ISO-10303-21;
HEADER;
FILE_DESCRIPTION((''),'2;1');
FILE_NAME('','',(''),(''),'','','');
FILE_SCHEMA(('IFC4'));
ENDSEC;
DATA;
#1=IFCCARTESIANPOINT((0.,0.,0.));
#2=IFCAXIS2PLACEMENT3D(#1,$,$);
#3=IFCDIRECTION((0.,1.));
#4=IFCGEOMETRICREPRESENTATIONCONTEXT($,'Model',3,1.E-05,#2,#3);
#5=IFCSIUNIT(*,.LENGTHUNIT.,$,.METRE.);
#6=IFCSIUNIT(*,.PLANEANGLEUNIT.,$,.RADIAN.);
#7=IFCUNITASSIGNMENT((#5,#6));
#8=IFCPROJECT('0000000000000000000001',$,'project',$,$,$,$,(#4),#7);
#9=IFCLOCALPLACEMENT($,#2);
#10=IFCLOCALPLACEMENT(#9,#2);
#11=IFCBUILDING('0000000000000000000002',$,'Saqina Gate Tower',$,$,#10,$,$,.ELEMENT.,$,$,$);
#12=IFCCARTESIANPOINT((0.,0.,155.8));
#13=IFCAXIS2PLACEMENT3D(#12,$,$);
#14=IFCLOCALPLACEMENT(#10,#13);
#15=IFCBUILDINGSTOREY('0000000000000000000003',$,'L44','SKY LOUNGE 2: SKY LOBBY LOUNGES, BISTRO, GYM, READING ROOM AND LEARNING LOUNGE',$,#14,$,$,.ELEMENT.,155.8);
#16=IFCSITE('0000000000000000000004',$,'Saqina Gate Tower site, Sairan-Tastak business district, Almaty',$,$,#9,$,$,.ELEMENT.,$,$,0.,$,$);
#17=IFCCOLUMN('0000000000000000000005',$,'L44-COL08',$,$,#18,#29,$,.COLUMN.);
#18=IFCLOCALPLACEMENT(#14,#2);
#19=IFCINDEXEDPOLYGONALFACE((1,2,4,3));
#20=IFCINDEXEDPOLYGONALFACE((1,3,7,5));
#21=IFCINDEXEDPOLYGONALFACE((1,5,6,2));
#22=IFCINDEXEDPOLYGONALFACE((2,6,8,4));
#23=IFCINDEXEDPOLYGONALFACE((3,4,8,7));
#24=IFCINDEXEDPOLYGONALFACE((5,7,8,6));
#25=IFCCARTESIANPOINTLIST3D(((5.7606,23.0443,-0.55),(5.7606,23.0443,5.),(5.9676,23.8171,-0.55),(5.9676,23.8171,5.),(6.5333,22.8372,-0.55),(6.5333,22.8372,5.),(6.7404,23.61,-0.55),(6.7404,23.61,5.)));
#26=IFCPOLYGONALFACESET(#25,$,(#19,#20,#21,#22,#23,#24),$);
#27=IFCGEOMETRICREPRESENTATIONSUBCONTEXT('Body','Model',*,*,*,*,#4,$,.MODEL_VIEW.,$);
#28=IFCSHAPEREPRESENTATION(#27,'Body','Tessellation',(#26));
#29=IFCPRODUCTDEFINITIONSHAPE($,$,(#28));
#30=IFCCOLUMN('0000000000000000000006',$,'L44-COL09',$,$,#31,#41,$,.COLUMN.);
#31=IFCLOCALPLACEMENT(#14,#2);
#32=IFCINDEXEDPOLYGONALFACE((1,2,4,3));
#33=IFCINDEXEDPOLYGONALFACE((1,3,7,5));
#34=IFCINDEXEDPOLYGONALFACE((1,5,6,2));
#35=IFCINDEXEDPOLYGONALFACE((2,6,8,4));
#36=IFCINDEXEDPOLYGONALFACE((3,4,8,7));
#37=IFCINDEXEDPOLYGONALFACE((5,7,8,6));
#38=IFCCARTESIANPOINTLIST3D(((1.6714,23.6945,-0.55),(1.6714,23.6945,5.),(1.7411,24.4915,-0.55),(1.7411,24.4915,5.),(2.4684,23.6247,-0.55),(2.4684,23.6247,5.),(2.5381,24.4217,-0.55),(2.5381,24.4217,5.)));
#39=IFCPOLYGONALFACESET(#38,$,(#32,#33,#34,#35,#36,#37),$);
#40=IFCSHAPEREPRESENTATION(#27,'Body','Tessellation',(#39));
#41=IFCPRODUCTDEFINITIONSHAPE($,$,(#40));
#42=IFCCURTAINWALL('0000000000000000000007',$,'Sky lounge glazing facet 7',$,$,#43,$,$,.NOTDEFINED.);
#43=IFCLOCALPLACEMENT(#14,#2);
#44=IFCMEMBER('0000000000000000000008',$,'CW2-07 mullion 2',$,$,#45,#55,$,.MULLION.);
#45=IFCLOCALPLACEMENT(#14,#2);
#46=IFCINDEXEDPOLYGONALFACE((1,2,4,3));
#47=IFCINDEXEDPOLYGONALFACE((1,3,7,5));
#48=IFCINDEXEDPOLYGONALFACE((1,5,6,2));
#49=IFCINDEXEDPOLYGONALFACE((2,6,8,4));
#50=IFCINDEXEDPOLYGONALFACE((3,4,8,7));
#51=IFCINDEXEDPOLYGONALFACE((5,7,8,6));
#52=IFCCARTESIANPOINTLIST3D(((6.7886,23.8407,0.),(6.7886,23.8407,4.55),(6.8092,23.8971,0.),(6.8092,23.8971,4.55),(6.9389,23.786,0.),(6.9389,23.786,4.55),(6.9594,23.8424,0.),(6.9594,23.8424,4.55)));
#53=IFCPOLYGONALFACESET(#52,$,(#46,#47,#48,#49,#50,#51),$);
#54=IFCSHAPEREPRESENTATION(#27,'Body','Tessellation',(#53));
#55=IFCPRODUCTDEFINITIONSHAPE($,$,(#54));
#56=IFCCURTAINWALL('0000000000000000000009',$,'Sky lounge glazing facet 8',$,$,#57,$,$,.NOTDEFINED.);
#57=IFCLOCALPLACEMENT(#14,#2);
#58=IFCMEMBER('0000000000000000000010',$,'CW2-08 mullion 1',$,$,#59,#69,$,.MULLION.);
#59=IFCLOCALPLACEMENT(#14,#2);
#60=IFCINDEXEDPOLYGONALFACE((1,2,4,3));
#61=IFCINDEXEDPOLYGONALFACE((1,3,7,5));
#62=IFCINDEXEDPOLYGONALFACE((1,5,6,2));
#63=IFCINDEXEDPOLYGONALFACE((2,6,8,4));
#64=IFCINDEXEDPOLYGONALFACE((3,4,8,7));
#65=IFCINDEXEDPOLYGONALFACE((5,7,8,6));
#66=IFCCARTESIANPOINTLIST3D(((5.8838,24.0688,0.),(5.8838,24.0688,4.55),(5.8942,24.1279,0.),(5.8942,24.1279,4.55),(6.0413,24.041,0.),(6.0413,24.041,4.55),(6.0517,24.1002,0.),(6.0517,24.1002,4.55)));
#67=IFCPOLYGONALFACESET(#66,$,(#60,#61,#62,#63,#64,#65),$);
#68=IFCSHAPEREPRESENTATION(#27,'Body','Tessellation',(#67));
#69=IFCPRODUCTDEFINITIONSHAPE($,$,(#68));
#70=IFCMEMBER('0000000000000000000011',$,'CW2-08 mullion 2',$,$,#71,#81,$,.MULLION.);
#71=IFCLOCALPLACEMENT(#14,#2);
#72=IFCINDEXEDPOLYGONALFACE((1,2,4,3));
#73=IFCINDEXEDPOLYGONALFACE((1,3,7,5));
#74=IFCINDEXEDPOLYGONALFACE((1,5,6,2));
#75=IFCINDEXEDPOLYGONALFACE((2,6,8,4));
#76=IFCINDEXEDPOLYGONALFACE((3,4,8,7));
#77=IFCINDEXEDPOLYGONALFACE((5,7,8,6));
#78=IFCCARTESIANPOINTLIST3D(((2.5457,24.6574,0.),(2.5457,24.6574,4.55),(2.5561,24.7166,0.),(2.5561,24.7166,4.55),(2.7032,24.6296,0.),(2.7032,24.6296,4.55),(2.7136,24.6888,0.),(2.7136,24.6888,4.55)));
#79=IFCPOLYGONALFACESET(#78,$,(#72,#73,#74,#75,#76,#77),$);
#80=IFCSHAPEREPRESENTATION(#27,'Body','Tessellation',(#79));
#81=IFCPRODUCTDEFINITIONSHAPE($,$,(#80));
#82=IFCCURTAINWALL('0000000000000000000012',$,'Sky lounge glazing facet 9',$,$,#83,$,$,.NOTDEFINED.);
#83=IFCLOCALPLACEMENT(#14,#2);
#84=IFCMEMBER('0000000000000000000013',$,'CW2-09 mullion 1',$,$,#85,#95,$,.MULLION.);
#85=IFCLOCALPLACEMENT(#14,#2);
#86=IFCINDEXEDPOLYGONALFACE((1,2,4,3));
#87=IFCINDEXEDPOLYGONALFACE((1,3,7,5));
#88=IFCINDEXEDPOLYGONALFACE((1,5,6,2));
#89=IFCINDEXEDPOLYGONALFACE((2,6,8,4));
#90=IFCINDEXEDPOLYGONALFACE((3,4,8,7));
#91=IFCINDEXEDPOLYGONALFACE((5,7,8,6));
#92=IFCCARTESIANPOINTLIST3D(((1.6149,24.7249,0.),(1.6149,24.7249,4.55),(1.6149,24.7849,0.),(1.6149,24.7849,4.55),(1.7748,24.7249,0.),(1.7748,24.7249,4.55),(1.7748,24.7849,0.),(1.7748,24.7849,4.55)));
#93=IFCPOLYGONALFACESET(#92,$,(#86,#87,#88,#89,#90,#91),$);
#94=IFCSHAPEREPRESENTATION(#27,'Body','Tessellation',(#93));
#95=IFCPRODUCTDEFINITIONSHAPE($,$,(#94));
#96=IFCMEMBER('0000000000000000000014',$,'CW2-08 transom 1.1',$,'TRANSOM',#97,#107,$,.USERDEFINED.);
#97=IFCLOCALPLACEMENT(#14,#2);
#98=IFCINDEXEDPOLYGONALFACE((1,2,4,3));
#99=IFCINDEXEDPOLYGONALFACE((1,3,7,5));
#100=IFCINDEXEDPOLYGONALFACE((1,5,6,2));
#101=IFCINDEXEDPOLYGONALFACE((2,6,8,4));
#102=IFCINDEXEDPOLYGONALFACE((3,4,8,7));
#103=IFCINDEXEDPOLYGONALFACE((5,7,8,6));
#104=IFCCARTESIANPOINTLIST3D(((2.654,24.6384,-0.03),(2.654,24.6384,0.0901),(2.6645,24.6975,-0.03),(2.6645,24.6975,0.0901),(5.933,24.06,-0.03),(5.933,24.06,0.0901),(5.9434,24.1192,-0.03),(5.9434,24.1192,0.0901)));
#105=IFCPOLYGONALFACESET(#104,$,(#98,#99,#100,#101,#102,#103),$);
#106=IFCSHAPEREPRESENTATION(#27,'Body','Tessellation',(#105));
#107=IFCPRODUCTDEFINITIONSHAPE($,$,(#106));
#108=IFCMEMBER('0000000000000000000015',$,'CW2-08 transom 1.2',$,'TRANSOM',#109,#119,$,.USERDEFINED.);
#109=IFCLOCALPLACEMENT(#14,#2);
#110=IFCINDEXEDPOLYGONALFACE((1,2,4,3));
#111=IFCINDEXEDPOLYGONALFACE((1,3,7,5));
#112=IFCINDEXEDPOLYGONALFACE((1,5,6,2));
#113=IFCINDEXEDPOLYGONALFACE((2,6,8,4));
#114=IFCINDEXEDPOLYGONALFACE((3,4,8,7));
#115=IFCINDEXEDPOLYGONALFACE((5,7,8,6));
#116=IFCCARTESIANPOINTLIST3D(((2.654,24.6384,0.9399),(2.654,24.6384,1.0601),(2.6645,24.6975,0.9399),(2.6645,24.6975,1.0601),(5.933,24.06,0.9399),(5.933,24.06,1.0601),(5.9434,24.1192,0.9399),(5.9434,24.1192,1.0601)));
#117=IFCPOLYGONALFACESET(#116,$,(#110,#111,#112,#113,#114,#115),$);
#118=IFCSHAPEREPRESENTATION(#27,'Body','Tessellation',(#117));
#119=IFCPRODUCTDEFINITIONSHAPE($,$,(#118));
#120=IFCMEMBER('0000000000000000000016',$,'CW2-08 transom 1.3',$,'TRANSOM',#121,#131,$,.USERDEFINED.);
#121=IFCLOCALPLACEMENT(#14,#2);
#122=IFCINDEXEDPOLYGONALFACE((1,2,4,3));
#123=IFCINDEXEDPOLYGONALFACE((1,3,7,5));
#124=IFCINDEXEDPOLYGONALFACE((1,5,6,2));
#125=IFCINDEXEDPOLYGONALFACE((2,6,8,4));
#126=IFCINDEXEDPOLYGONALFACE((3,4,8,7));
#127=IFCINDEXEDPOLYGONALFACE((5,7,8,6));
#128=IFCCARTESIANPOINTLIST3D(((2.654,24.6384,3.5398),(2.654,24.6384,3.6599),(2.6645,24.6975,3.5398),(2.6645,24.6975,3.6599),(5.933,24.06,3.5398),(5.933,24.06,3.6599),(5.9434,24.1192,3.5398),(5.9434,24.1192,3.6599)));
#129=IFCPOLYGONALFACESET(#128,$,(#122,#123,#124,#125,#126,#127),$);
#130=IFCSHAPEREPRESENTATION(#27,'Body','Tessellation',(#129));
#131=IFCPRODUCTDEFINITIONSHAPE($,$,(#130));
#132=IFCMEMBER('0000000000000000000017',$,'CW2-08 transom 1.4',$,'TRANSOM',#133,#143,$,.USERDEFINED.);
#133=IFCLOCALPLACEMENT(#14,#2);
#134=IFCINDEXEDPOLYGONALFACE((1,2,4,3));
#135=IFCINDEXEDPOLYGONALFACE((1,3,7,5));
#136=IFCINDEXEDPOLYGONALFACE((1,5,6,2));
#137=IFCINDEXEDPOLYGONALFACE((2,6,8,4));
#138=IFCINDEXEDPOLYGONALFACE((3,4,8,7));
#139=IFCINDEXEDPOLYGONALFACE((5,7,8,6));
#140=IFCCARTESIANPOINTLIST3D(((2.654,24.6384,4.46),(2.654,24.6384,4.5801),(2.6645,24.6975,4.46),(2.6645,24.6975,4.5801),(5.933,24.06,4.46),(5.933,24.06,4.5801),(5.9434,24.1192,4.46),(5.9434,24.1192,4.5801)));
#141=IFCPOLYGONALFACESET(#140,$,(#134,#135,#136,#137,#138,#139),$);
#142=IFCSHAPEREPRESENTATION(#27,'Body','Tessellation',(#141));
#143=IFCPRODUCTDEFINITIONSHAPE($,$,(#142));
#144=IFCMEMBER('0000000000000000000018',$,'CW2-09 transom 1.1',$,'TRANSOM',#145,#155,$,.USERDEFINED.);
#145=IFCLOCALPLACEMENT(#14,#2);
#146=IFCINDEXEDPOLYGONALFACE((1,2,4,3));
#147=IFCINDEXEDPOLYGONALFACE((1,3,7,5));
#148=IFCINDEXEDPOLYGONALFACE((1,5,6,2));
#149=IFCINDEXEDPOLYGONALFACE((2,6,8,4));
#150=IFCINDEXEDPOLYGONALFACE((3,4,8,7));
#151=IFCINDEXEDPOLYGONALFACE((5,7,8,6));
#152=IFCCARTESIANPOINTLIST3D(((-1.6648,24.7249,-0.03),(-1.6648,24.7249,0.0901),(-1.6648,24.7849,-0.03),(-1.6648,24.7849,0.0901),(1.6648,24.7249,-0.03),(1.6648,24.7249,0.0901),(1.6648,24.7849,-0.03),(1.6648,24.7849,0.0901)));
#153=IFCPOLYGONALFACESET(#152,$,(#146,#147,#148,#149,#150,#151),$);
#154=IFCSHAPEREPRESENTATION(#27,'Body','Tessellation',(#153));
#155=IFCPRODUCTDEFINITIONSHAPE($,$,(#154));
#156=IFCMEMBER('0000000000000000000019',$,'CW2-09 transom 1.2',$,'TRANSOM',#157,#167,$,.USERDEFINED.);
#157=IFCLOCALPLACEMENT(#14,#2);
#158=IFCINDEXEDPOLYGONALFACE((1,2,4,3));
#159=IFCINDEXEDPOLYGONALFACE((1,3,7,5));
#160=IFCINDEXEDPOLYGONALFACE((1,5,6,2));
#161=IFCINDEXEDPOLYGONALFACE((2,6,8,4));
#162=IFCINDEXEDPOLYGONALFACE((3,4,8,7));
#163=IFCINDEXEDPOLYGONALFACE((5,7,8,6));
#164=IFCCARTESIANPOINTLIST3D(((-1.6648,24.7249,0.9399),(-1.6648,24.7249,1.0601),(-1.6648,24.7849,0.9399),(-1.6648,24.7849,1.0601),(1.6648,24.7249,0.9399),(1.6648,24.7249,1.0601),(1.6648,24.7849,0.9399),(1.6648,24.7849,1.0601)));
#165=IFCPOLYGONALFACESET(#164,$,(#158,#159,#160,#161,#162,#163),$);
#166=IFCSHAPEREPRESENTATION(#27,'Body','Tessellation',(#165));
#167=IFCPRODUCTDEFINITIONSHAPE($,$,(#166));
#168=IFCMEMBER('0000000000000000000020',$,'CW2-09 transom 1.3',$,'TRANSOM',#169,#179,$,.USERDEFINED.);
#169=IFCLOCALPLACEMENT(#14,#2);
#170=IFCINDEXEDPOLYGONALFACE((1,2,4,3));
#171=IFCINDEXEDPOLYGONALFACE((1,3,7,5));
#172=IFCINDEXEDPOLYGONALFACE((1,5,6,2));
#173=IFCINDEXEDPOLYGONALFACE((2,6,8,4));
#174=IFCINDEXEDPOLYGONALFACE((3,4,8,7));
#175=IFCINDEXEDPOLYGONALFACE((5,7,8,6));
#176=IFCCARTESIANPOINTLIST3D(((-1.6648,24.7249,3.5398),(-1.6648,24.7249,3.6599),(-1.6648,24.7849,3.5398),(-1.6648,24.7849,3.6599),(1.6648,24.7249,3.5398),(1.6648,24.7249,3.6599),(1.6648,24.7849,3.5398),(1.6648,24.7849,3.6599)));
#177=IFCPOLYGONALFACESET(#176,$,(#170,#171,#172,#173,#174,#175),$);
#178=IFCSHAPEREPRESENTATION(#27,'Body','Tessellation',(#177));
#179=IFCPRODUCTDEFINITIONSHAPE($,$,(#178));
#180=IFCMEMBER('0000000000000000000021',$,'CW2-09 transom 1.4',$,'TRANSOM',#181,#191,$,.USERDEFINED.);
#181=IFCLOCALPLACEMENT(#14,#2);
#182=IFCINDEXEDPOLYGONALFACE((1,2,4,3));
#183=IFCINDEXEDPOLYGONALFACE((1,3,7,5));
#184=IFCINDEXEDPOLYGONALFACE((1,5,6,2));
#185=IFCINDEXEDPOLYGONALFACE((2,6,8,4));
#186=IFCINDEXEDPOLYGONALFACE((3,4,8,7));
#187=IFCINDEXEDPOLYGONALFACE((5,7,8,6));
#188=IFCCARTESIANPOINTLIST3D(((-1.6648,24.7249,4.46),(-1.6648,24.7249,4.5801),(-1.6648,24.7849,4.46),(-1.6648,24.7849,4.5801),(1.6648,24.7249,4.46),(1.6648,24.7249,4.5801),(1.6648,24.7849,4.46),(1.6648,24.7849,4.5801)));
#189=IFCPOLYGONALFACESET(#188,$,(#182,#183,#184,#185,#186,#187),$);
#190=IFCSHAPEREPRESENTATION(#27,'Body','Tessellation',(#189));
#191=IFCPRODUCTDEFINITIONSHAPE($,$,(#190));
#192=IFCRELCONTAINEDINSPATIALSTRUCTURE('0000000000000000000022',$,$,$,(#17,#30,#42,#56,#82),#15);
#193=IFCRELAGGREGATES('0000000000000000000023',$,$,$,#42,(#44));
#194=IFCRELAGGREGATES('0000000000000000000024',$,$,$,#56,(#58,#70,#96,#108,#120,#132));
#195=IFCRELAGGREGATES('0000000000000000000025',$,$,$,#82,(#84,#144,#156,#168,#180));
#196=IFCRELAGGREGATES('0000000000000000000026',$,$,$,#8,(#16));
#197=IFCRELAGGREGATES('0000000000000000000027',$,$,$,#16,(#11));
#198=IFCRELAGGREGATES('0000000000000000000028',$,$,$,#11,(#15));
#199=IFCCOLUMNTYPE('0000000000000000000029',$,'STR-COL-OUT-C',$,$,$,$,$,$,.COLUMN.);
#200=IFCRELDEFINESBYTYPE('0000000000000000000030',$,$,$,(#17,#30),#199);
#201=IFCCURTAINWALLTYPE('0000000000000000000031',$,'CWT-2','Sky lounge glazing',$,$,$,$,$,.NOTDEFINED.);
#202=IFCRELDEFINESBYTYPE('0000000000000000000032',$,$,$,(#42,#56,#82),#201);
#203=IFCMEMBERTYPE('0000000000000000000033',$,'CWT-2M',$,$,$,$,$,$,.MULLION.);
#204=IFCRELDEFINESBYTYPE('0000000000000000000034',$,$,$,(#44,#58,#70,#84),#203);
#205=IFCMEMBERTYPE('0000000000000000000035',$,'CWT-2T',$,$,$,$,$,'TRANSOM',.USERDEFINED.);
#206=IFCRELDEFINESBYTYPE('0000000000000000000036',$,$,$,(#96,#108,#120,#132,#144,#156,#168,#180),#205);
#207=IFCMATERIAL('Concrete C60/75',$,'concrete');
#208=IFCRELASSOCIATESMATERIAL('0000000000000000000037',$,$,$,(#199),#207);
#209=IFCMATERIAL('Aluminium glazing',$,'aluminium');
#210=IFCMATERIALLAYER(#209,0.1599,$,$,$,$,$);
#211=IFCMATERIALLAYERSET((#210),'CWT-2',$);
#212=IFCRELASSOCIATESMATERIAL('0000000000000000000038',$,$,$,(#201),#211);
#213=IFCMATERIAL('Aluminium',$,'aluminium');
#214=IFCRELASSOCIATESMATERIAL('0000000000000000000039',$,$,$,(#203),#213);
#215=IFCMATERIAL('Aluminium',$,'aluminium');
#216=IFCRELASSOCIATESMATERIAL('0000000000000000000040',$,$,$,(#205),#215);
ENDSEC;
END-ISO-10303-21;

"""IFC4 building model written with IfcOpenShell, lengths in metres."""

from ifc_helpers import new_model, si_unit, direction, frame, origin, origin_2d, place, context, subcontext, project, spatial, rectangle, extrude, material, layer, layer_set, material_profile, profile_set, type_object, element, aggregate, save


model = new_model("IFC4")

# Units and contexts
model_context = context("Model", 3, precision=1e-05, world=origin(), true_north=direction((0.0, 1.0)))
body_context = subcontext(model_context, "Body", "Model", "MODEL_VIEW")
ifc_project = project(units=[si_unit("LENGTHUNIT", "METRE"), si_unit("PLANEANGLEUNIT", "RADIAN")], contexts=[model_context])

# Site, building, storey
site_placement = place(None, origin())
site = spatial("IfcSite", under=ifc_project, at=site_placement, Name="Saqina Gate Tower site, Sairan-Tastak business district, Almaty", CompositionType="ELEMENT", RefElevation=0.0)
building_placement = place(site_placement, origin())
building = spatial("IfcBuilding", under=site, at=building_placement, Name="Saqina Gate Tower", CompositionType="ELEMENT")
storey_placement = place(building_placement, frame((0.0, 0.0, 155.8)))
storey = spatial("IfcBuildingStorey", under=building, at=storey_placement, Name="L44", Description="SKY LOUNGE 2: SKY LOBBY LOUNGES, BISTRO, GYM, READING ROOM AND LEARNING LOUNGE", CompositionType="ELEMENT", Elevation=155.8)

# Columns
ifc_material_1 = material(Name="Concrete C60/75", Category="concrete")
ifc_material_profile_1 = material_profile(ifc_material_1, rectangle(XDim=0.8, YDim=0.8, at=origin_2d()), Name="RC 800x800")
ifc_profile_set_1 = profile_set([ifc_material_profile_1], Name="Concrete C60/75")
column_type = type_object("IfcColumnType", Name="STR-COL-OUT-C", PredefinedType="COLUMN", material=ifc_profile_set_1)
for number, where, z_axis, x_axis, name in (
    (1, (6.2505, 23.3271, -0.55), (0.0, 0.0, 1.0), (0.258819, 0.965926, 0.0), "L44-COL08"),
    (2, (2.1047, 24.0581, -0.55), (0.0, 0.0, 1.0), (0.087156, 0.996195, 0.0), "L44-COL09"),
):
    element("IfcColumn", number, at=place(storey_placement, frame(where, z_axis=z_axis, x_axis=x_axis)), inside=storey, type_object=column_type, Name=name, PredefinedType="COLUMN", context=body_context, shape_type="SweptSolid", body=[
        extrude(rectangle(XDim=0.8, YDim=0.8, at=origin_2d()), origin(), (0.0, 0.0, 1.0), 5.55),
    ])

# Curtain wall, member
ifc_material_2 = material(Name="Aluminium glazing", Category="aluminium")
ifc_layer_1 = layer(ifc_material_2, 0.1599)
ifc_layer_set_1 = layer_set([ifc_layer_1], Name="CWT-2")
curtain_wall_type = type_object("IfcCurtainWallType", Name="CWT-2", Description="Sky lounge glazing", PredefinedType="NOTDEFINED", material=ifc_layer_set_1)
curtain_wall_1_placement = place(storey_placement, origin())
curtain_wall_1 = element("IfcCurtainWall", 3, at=curtain_wall_1_placement, inside=storey, type_object=curtain_wall_type, Name="Sky lounge glazing facet 7", PredefinedType="NOTDEFINED")
ifc_material_3 = material(Name="Aluminium", Category="aluminium")
ifc_material_profile_2 = material_profile(ifc_material_3, rectangle(XDim=0.0601, YDim=0.1599, at=origin_2d()), Name="Aluminium 60x160")
ifc_profile_set_2 = profile_set([ifc_material_profile_2], Name="Aluminium")
member_type_1 = type_object("IfcMemberType", Name="CWT-2M", PredefinedType="MULLION", material=ifc_profile_set_2)
member_1_placement = place(storey_placement, frame((6.874, 23.8416, 0.0), z_axis=(0.0, 0.0, 1.0), x_axis=(-0.342025, -0.939691, 0.0)))
member_1 = element("IfcMember", 4, at=member_1_placement, type_object=member_type_1, Name="CW2-07 mullion 2", PredefinedType="MULLION", context=body_context, shape_type="SweptSolid", body=[
    extrude(rectangle(XDim=0.0601, YDim=0.1599, at=origin_2d()), origin(), (0.0, 0.0, 1.0), 4.55),
])

# Curtain wall, members
curtain_wall_2_placement = place(storey_placement, origin())
curtain_wall_2 = element("IfcCurtainWall", 5, at=curtain_wall_2_placement, inside=storey, type_object=curtain_wall_type, Name="Sky lounge glazing facet 8", PredefinedType="NOTDEFINED")
member_2_placement = place(storey_placement, frame((5.9678, 24.0845, 0.0), z_axis=(0.0, 0.0, 1.0), x_axis=(-0.173638, -0.98481, 0.0)))
member_2 = element("IfcMember", 6, at=member_2_placement, type_object=member_type_1, Name="CW2-08 mullion 1", PredefinedType="MULLION", context=body_context, shape_type="SweptSolid", body=[
    extrude(rectangle(XDim=0.0601, YDim=0.1599, at=origin_2d()), origin(), (0.0, 0.0, 1.0), 4.55),
])
member_3_placement = place(storey_placement, frame((2.6296, 24.6731, 0.0), z_axis=(0.0, 0.0, 1.0), x_axis=(-0.173638, -0.98481, 0.0)))
member_3 = element("IfcMember", 7, at=member_3_placement, type_object=member_type_1, Name="CW2-08 mullion 2", PredefinedType="MULLION", context=body_context, shape_type="SweptSolid", body=[
    extrude(rectangle(XDim=0.0601, YDim=0.1599, at=origin_2d()), origin(), (0.0, 0.0, 1.0), 4.55),
])

# Curtain wall, member
curtain_wall_3_placement = place(storey_placement, origin())
curtain_wall_3 = element("IfcCurtainWall", 8, at=curtain_wall_3_placement, inside=storey, type_object=curtain_wall_type, Name="Sky lounge glazing facet 9", PredefinedType="NOTDEFINED")
member_4_placement = place(storey_placement, frame((1.6948, 24.7549, 0.0), z_axis=(0.0, 0.0, 1.0), x_axis=(0.0, -1.0, 0.0)))
member_4 = element("IfcMember", 9, at=member_4_placement, type_object=member_type_1, Name="CW2-09 mullion 1", PredefinedType="MULLION", context=body_context, shape_type="SweptSolid", body=[
    extrude(rectangle(XDim=0.0601, YDim=0.1599, at=origin_2d()), origin(), (0.0, 0.0, 1.0), 4.55),
])

# Members
ifc_material_4 = material(Name="Aluminium", Category="aluminium")
ifc_material_profile_3 = material_profile(ifc_material_4, rectangle(XDim=0.0601, YDim=0.1201, at=origin_2d()), Name="Aluminium 60x120")
ifc_profile_set_3 = profile_set([ifc_material_profile_3], Name="Aluminium")
member_type_2 = type_object("IfcMemberType", Name="CWT-2T", ElementType="TRANSOM", PredefinedType="USERDEFINED", material=ifc_profile_set_3)
member_5_placement = place(storey_placement, frame((5.9382, 24.0896, 0.03), z_axis=(-0.984798, 0.173702, 0.0), x_axis=(-0.173702, -0.984798, 0.0)))
member_5 = element("IfcMember", 10, at=member_5_placement, type_object=member_type_2, Name="CW2-08 transom 1.1", ObjectType="TRANSOM", PredefinedType="USERDEFINED", context=body_context, shape_type="SweptSolid", body=[
    extrude(rectangle(XDim=0.0601, YDim=0.1201, at=origin_2d()), origin(), (0.0, 0.0, 1.0), 3.3296),
])
member_6_placement = place(storey_placement, frame((5.9382, 24.0896, 1.0), z_axis=(-0.984798, 0.173702, 0.0), x_axis=(-0.173702, -0.984798, 0.0)))
member_6 = element("IfcMember", 11, at=member_6_placement, type_object=member_type_2, Name="CW2-08 transom 1.2", ObjectType="TRANSOM", PredefinedType="USERDEFINED", context=body_context, shape_type="SweptSolid", body=[
    extrude(rectangle(XDim=0.0601, YDim=0.1201, at=origin_2d()), origin(), (0.0, 0.0, 1.0), 3.3296),
])
member_7_placement = place(storey_placement, frame((5.9382, 24.0896, 3.5999), z_axis=(-0.984798, 0.173702, 0.0), x_axis=(-0.173702, -0.984798, 0.0)))
member_7 = element("IfcMember", 12, at=member_7_placement, type_object=member_type_2, Name="CW2-08 transom 1.3", ObjectType="TRANSOM", PredefinedType="USERDEFINED", context=body_context, shape_type="SweptSolid", body=[
    extrude(rectangle(XDim=0.0601, YDim=0.1201, at=origin_2d()), origin(), (0.0, 0.0, 1.0), 3.3296),
])
member_8_placement = place(storey_placement, frame((5.9382, 24.0896, 4.52), z_axis=(-0.984798, 0.173702, 0.0), x_axis=(-0.173702, -0.984798, 0.0)))
member_8 = element("IfcMember", 13, at=member_8_placement, type_object=member_type_2, Name="CW2-08 transom 1.4", ObjectType="TRANSOM", PredefinedType="USERDEFINED", context=body_context, shape_type="SweptSolid", body=[
    extrude(rectangle(XDim=0.0601, YDim=0.1201, at=origin_2d()), origin(), (0.0, 0.0, 1.0), 3.3296),
])
member_9_placement = place(storey_placement, frame((1.6648, 24.7549, 0.03), z_axis=(-1.0, 0.0, 0.0), x_axis=(0.0, -1.0, 0.0)))
member_9 = element("IfcMember", 14, at=member_9_placement, type_object=member_type_2, Name="CW2-09 transom 1.1", ObjectType="TRANSOM", PredefinedType="USERDEFINED", context=body_context, shape_type="SweptSolid", body=[
    extrude(rectangle(XDim=0.0601, YDim=0.1201, at=origin_2d()), origin(), (0.0, 0.0, 1.0), 3.3296),
])
member_10_placement = place(storey_placement, frame((1.6648, 24.7549, 1.0), z_axis=(-1.0, 0.0, 0.0), x_axis=(0.0, -1.0, 0.0)))
member_10 = element("IfcMember", 15, at=member_10_placement, type_object=member_type_2, Name="CW2-09 transom 1.2", ObjectType="TRANSOM", PredefinedType="USERDEFINED", context=body_context, shape_type="SweptSolid", body=[
    extrude(rectangle(XDim=0.0601, YDim=0.1201, at=origin_2d()), origin(), (0.0, 0.0, 1.0), 3.3296),
])
member_11_placement = place(storey_placement, frame((1.6648, 24.7549, 3.5999), z_axis=(-1.0, 0.0, 0.0), x_axis=(0.0, -1.0, 0.0)))
member_11 = element("IfcMember", 16, at=member_11_placement, type_object=member_type_2, Name="CW2-09 transom 1.3", ObjectType="TRANSOM", PredefinedType="USERDEFINED", context=body_context, shape_type="SweptSolid", body=[
    extrude(rectangle(XDim=0.0601, YDim=0.1201, at=origin_2d()), origin(), (0.0, 0.0, 1.0), 3.3296),
])
member_12_placement = place(storey_placement, frame((1.6648, 24.7549, 4.52), z_axis=(-1.0, 0.0, 0.0), x_axis=(0.0, -1.0, 0.0)))
member_12 = element("IfcMember", 17, at=member_12_placement, type_object=member_type_2, Name="CW2-09 transom 1.4", ObjectType="TRANSOM", PredefinedType="USERDEFINED", context=body_context, shape_type="SweptSolid", body=[
    extrude(rectangle(XDim=0.0601, YDim=0.1201, at=origin_2d()), origin(), (0.0, 0.0, 1.0), 3.3296),
])

aggregate(curtain_wall_1, [member_1])
aggregate(curtain_wall_2, [member_2, member_3, member_5, member_6, member_7, member_8])
aggregate(curtain_wall_3, [member_4, member_9, member_10, member_11, member_12])

save(model, "model.ifc")
